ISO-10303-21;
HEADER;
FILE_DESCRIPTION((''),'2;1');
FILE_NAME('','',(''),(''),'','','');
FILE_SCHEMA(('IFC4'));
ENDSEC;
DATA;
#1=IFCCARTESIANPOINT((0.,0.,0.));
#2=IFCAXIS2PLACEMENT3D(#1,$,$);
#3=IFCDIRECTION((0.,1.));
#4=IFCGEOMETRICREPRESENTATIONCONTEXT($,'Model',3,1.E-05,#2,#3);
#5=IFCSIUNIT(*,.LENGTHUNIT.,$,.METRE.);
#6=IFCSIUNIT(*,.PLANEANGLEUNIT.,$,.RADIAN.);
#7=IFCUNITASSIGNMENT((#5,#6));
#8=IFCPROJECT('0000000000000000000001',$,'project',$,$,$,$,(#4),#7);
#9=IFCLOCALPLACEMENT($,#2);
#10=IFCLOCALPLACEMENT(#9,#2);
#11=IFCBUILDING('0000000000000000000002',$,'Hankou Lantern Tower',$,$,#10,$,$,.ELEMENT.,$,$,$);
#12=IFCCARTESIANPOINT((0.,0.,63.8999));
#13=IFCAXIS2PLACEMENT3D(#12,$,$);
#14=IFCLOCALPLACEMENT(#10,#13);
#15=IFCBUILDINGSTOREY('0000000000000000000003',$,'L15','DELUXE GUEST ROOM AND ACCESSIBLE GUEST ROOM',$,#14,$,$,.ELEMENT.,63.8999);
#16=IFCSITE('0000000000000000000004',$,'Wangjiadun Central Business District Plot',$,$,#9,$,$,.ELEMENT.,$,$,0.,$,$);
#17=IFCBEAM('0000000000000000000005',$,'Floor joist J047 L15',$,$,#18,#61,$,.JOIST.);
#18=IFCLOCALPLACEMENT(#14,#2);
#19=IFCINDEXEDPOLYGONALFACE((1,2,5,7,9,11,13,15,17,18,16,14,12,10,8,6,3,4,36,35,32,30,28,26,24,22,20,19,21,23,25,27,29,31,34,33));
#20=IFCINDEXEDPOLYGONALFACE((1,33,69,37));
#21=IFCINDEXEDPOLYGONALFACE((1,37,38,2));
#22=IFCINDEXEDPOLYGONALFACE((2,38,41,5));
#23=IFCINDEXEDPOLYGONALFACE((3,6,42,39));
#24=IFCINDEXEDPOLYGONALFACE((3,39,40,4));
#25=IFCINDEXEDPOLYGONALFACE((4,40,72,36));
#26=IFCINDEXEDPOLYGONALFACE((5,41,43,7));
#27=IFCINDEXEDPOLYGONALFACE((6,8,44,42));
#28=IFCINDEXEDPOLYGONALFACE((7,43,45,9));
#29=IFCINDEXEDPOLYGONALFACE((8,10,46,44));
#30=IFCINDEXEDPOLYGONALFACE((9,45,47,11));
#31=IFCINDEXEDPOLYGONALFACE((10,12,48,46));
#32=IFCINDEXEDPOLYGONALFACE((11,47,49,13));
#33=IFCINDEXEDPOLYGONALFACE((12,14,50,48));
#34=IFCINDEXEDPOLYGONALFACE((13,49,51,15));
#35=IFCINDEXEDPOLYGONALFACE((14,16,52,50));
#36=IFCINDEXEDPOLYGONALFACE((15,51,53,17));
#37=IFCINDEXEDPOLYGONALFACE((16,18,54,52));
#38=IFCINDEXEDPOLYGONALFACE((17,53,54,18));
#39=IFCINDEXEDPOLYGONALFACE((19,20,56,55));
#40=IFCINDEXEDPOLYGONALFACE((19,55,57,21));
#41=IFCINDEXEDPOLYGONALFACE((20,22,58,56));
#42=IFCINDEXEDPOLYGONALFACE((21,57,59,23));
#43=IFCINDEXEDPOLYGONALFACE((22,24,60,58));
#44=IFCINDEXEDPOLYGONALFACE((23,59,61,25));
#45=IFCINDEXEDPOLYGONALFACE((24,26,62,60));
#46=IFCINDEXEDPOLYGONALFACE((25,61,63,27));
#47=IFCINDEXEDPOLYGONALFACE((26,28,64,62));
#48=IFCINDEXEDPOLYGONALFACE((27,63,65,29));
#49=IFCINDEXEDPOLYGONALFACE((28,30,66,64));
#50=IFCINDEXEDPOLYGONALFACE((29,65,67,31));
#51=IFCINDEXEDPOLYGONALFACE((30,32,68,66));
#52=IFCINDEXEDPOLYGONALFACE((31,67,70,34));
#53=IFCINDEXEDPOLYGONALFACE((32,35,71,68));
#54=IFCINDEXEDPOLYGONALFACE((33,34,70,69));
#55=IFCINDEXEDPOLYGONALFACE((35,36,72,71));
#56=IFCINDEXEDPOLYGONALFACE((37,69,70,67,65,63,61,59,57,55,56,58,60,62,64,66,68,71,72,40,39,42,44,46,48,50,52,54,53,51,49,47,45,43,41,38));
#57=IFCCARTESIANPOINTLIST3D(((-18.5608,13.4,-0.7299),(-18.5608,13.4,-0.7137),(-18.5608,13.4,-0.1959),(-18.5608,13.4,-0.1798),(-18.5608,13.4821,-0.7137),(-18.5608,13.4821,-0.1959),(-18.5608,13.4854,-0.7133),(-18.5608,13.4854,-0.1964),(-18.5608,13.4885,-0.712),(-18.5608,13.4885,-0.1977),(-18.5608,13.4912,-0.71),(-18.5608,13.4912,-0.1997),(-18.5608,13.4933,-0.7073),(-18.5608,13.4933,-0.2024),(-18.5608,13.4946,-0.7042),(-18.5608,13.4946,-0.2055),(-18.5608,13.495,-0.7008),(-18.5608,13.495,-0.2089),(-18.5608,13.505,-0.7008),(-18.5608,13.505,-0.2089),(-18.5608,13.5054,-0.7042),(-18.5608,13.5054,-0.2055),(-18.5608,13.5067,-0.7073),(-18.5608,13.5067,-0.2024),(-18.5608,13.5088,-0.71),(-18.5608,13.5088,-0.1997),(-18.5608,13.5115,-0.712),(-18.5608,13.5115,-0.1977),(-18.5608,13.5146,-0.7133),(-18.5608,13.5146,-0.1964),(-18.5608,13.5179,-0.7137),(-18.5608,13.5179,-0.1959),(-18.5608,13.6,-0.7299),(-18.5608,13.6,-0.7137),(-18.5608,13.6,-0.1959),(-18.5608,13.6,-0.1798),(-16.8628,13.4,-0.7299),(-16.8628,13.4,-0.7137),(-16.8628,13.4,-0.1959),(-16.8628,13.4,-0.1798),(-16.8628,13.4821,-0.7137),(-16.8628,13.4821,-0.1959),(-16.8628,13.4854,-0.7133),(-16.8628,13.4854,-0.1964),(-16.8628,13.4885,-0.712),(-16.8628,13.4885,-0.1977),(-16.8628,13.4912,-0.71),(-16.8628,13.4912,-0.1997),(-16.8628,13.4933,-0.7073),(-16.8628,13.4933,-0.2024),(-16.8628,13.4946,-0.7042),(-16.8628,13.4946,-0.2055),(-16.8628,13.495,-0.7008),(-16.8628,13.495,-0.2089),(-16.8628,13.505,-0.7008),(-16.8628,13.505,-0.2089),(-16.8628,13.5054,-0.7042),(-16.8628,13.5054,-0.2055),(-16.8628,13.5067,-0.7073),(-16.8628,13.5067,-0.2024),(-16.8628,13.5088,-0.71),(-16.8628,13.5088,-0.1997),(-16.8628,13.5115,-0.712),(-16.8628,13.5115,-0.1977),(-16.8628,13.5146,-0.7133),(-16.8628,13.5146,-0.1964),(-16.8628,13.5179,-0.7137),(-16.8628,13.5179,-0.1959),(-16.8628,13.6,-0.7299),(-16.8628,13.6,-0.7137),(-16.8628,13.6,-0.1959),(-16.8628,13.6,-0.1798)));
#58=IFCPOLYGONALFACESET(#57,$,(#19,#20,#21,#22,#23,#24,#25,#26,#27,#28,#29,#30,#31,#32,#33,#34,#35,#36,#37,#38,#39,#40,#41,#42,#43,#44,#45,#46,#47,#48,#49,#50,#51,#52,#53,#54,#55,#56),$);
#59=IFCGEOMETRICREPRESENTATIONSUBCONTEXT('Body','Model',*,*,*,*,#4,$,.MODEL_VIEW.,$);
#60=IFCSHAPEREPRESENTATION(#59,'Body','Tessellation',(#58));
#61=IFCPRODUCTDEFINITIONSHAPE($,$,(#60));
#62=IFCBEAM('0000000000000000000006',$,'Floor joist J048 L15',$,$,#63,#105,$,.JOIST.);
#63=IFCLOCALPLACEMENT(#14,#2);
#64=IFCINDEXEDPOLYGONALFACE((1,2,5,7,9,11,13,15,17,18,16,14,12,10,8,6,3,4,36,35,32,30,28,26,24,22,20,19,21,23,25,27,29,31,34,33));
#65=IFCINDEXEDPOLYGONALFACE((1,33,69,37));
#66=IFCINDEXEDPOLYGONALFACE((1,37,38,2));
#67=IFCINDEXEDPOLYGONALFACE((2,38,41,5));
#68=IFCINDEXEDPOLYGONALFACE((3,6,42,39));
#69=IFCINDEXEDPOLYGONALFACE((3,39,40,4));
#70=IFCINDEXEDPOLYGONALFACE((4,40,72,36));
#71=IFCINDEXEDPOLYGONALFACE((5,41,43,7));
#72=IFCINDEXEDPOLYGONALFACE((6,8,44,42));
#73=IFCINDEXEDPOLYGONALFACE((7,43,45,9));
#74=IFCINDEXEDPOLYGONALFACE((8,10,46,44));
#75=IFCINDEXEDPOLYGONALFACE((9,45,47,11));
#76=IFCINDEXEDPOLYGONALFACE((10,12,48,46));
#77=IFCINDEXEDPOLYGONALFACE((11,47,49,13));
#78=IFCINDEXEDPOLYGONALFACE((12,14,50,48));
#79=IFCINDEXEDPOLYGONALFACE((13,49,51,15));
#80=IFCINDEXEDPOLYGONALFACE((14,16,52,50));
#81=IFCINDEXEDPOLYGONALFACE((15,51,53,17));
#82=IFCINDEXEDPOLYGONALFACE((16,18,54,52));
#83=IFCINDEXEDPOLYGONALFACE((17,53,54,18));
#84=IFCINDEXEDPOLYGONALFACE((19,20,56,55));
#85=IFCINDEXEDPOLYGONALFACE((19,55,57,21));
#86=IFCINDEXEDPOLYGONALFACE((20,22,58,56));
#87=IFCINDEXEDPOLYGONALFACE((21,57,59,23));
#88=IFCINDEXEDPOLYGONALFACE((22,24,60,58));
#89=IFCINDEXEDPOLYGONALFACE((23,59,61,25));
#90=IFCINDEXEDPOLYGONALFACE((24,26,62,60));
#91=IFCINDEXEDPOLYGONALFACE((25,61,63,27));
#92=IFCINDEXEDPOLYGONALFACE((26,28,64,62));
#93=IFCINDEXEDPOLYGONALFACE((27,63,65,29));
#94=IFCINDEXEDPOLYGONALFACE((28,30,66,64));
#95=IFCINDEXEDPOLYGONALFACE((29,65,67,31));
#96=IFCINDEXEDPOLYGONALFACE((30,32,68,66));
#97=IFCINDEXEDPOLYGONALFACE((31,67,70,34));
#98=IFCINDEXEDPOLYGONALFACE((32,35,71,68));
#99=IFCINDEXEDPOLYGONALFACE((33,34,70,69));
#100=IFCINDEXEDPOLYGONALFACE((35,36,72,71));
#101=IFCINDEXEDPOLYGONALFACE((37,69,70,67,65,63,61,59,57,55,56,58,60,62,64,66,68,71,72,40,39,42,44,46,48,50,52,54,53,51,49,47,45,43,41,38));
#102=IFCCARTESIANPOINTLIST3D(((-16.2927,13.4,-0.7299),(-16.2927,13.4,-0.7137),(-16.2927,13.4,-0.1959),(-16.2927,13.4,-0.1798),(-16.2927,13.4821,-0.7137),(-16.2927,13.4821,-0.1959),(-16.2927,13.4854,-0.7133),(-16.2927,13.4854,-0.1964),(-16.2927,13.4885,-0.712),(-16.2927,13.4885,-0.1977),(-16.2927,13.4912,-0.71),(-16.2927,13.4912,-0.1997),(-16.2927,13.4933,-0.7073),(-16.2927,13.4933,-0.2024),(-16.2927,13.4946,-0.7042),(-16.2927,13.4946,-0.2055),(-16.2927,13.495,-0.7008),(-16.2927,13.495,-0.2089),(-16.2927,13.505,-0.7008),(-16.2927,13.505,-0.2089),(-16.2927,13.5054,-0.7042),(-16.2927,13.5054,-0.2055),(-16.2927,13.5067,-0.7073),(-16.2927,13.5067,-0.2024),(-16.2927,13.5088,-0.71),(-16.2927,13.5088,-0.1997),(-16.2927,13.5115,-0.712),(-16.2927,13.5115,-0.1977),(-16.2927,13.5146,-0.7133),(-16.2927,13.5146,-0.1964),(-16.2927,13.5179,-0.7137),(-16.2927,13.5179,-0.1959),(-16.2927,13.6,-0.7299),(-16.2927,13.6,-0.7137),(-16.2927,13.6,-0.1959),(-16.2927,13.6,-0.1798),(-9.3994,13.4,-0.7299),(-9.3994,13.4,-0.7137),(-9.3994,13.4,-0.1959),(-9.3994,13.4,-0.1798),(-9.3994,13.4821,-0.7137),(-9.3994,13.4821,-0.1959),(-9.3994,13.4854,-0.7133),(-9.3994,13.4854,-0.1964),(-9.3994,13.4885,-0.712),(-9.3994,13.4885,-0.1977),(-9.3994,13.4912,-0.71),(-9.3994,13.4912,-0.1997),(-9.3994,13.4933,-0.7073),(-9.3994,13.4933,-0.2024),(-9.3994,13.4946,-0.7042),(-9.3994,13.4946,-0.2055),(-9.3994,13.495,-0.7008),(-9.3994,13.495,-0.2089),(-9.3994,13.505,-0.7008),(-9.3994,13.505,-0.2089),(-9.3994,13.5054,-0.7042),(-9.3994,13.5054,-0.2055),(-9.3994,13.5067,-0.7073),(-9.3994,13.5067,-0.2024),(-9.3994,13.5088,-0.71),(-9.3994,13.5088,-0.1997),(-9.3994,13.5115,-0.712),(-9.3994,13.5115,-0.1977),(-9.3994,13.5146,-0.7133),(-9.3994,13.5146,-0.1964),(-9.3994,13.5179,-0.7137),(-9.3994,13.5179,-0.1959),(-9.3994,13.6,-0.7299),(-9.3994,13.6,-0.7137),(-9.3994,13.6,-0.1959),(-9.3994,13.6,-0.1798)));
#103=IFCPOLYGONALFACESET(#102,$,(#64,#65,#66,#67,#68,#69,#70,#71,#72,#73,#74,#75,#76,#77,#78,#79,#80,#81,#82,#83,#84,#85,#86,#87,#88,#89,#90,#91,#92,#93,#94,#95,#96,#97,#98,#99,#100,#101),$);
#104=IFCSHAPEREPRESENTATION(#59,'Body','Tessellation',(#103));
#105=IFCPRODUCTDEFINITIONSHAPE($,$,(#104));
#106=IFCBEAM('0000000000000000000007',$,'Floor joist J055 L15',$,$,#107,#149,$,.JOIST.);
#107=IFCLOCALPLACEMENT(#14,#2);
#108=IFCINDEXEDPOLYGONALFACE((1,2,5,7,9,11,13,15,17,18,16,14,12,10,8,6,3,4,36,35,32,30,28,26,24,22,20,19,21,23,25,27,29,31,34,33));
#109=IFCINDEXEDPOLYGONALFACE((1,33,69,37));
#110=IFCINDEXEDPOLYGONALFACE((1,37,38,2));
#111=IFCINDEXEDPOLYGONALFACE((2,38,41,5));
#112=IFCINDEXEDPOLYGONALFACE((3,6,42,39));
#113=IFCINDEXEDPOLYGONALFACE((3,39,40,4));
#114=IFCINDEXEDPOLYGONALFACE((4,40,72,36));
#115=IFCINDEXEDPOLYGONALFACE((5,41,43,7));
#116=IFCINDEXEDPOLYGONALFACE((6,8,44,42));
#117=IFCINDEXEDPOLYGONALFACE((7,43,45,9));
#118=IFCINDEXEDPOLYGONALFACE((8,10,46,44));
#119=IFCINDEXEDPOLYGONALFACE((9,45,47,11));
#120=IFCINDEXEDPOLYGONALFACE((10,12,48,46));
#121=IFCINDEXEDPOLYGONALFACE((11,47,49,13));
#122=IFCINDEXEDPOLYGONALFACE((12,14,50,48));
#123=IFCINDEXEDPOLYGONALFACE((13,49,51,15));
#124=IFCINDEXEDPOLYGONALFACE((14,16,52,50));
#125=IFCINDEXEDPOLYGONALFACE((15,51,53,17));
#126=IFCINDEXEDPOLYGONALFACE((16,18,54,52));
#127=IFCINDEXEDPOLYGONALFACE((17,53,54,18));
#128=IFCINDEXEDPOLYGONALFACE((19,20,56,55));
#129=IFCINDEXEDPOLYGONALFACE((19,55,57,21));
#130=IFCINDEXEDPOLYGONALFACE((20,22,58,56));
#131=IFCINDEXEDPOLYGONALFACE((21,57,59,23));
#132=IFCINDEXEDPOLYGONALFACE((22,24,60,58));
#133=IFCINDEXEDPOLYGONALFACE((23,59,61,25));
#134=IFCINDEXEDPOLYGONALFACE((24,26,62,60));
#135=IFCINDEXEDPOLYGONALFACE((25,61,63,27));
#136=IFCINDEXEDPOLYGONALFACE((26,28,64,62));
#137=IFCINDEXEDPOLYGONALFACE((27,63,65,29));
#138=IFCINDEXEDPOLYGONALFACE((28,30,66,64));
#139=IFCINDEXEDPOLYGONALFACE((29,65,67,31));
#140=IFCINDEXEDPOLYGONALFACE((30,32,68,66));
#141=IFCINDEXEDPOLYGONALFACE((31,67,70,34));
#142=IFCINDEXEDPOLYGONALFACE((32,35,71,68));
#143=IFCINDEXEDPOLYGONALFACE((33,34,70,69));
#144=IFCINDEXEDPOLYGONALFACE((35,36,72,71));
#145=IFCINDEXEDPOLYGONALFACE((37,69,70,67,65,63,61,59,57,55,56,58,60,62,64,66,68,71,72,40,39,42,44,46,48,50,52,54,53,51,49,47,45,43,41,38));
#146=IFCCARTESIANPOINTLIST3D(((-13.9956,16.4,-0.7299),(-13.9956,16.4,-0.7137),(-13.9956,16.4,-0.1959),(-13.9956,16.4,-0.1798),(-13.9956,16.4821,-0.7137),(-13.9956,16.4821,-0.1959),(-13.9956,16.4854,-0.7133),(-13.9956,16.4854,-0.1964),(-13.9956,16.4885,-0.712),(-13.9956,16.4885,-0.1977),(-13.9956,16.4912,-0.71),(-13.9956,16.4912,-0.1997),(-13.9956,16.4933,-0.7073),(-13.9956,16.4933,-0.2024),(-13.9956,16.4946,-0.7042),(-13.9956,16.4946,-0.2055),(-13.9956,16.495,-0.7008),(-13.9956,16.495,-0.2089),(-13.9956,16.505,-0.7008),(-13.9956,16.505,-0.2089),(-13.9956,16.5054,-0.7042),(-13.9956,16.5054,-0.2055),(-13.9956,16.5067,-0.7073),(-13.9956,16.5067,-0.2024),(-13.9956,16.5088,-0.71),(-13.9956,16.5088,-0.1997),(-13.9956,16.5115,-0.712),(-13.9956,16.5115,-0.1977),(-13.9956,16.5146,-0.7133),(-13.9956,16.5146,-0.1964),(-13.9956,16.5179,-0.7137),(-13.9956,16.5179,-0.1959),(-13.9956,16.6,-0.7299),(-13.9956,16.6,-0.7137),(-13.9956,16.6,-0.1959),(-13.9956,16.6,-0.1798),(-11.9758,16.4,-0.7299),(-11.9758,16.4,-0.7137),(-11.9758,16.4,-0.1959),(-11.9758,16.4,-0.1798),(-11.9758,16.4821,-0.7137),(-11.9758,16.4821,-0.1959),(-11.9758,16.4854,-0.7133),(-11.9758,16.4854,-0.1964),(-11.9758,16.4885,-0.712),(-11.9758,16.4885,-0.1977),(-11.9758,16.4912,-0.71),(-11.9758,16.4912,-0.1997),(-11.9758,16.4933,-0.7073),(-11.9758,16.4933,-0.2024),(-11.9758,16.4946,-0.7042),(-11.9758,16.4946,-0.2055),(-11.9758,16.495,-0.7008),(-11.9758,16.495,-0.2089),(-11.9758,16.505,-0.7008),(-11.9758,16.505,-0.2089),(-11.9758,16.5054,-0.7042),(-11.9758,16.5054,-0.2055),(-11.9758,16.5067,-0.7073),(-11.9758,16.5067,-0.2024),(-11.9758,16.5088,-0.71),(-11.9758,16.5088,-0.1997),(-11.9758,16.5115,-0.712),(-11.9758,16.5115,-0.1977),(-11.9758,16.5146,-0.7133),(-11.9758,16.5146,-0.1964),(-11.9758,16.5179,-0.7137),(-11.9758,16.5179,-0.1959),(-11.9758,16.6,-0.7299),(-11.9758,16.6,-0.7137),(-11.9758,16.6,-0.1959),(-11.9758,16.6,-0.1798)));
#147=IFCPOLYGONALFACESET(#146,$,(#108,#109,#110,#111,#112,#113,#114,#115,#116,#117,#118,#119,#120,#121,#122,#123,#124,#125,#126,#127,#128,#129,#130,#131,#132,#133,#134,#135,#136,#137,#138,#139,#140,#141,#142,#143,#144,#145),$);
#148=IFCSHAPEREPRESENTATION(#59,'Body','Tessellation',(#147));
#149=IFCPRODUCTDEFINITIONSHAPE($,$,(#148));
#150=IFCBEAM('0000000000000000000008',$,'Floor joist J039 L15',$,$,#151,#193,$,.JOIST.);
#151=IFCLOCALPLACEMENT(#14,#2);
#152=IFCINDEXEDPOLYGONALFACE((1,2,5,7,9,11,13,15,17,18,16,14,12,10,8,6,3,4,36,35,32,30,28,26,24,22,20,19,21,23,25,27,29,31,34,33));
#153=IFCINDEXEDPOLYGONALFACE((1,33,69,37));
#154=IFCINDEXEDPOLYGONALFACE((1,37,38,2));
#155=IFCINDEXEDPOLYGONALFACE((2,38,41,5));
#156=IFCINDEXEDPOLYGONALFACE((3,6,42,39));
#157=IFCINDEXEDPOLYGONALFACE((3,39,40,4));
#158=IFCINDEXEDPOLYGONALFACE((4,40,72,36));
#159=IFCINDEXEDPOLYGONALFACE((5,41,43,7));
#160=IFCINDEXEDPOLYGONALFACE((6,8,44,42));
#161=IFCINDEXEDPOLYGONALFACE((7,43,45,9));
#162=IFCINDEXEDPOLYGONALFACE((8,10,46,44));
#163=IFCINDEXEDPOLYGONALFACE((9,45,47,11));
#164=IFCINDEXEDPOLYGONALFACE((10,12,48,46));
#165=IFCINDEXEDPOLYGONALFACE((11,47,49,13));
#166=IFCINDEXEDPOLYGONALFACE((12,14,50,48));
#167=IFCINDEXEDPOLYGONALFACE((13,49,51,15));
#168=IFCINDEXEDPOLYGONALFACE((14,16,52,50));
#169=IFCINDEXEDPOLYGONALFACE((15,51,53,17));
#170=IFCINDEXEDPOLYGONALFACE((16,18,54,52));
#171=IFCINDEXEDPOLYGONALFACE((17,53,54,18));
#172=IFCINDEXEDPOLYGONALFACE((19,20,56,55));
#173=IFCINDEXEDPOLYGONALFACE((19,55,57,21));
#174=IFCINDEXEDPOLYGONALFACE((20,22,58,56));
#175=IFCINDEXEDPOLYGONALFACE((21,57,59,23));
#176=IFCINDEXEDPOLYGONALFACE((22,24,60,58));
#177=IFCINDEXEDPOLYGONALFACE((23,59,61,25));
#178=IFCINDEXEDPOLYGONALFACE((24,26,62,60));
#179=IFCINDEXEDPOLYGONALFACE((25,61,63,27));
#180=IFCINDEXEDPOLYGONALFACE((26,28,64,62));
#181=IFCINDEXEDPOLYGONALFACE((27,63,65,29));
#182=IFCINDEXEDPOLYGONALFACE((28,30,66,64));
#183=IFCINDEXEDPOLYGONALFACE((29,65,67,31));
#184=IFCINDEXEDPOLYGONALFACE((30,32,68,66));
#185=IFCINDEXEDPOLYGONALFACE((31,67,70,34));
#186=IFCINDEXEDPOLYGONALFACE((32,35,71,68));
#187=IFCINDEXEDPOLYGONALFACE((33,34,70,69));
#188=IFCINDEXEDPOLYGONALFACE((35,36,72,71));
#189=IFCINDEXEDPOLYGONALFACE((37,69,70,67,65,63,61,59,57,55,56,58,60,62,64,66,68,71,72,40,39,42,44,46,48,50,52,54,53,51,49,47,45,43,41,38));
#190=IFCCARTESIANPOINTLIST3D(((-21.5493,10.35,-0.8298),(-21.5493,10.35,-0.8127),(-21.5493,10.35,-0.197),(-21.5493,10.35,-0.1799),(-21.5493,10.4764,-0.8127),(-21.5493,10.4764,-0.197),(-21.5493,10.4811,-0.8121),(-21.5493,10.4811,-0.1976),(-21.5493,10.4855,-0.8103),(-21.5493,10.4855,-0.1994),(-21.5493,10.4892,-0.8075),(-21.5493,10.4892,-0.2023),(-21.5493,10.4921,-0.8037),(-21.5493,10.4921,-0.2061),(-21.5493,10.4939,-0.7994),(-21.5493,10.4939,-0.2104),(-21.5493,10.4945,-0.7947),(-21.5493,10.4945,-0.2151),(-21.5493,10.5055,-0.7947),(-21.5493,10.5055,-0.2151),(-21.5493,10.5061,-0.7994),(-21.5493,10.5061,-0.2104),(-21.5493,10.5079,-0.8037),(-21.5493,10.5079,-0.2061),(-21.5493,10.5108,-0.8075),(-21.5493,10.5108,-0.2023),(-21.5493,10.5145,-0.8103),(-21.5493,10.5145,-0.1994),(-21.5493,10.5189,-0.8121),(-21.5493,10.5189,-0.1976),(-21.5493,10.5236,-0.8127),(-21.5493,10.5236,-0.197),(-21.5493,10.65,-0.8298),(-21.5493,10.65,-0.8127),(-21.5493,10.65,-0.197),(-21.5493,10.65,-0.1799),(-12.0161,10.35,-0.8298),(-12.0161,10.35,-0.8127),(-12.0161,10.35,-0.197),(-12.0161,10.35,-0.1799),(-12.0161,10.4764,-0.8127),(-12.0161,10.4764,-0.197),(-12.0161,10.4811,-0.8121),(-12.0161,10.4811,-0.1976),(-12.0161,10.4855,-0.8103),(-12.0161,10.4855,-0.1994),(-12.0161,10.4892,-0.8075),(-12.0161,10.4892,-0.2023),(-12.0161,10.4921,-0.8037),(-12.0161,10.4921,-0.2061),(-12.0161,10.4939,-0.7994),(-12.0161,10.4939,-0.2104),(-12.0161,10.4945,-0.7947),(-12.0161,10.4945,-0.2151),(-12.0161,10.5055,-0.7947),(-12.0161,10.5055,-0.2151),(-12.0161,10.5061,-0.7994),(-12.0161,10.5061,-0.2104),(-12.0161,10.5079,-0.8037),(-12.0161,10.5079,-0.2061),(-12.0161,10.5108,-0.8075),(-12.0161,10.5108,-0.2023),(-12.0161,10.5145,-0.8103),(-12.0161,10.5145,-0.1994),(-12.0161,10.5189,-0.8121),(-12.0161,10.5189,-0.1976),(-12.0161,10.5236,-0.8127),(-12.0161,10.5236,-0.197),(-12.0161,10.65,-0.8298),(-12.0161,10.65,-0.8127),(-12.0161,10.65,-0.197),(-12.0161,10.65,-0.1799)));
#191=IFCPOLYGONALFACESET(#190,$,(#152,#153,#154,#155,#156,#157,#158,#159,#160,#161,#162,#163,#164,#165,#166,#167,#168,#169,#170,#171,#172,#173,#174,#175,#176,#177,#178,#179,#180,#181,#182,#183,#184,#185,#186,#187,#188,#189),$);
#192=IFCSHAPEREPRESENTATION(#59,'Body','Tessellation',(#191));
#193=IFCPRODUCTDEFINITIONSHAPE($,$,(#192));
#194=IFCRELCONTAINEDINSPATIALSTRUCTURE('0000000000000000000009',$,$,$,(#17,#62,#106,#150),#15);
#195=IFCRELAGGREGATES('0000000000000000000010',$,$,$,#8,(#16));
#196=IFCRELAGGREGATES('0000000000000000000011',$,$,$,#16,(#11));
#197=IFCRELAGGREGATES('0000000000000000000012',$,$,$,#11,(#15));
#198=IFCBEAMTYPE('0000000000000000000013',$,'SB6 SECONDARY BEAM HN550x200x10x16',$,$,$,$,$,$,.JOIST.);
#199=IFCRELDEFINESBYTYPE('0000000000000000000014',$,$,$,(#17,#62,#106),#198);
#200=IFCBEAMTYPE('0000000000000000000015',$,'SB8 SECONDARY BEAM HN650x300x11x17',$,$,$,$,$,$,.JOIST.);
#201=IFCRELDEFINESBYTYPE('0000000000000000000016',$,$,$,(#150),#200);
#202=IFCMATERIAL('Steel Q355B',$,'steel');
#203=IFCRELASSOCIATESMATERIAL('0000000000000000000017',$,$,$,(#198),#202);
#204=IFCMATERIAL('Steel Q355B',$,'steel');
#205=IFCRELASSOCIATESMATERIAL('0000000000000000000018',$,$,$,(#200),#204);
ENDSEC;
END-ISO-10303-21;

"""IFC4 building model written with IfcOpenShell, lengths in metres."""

from ifc_helpers import new_model, si_unit, direction, frame, origin, origin_2d, place, context, subcontext, project, spatial, i_section, extrude, material, material_profile, profile_set, type_object, element, save


model = new_model("IFC4")

# Units and contexts
model_context = context("Model", 3, precision=1e-05, world=origin(), true_north=direction((0.0, 1.0)))
body_context = subcontext(model_context, "Body", "Model", "MODEL_VIEW")
ifc_project = project(units=[si_unit("LENGTHUNIT", "METRE"), si_unit("PLANEANGLEUNIT", "RADIAN")], contexts=[model_context])

# Site, building, storey
site_placement = place(None, origin())
site = spatial("IfcSite", under=ifc_project, at=site_placement, Name="Wangjiadun Central Business District Plot", CompositionType="ELEMENT", RefElevation=0.0)
building_placement = place(site_placement, origin())
building = spatial("IfcBuilding", under=site, at=building_placement, Name="Hankou Lantern Tower", CompositionType="ELEMENT")
storey_placement = place(building_placement, frame((0.0, 0.0, 63.8999)))
storey = spatial("IfcBuildingStorey", under=building, at=storey_placement, Name="L15", Description="DELUXE GUEST ROOM AND ACCESSIBLE GUEST ROOM", CompositionType="ELEMENT", Elevation=63.8999)

# Beams
ifc_material_1 = material(Name="Steel Q355B", Category="steel")
ifc_material_profile_1 = material_profile(ifc_material_1, i_section(OverallWidth=0.2, OverallDepth=0.55, WebThickness=0.01, FlangeThickness=0.0161, FilletRadius=0.0129, at=origin_2d()), Name="HN550x200x10x16")
ifc_profile_set_1 = profile_set([ifc_material_profile_1], Name="Steel Q355B")
beam_type_1 = type_object("IfcBeamType", Name="SB6 SECONDARY BEAM HN550x200x10x16", PredefinedType="JOIST", material=ifc_profile_set_1)
beam_1_placement = place(storey_placement, frame((-18.5608, 13.5, -0.4548), z_axis=(1.0, 0.0, 0.0), x_axis=(0.0, 1.0, 0.0)))
element("IfcBeam", 1, at=beam_1_placement, inside=storey, type_object=beam_type_1, Name="Floor joist J047 L15", PredefinedType="JOIST", context=body_context, shape_type="SweptSolid", body=[
    extrude(i_section(OverallWidth=0.2, OverallDepth=0.55, WebThickness=0.01, FlangeThickness=0.0161, FilletRadius=0.0129, at=origin_2d()), origin(), (0.0, 0.0, 1.0), 1.698),
])
beam_2_placement = place(storey_placement, frame((-16.2927, 13.5, -0.4548), z_axis=(1.0, 0.0, 0.0), x_axis=(0.0, 1.0, 0.0)))
element("IfcBeam", 2, at=beam_2_placement, inside=storey, type_object=beam_type_1, Name="Floor joist J048 L15", PredefinedType="JOIST", context=body_context, shape_type="SweptSolid", body=[
    extrude(i_section(OverallWidth=0.2, OverallDepth=0.55, WebThickness=0.01, FlangeThickness=0.0161, FilletRadius=0.0129, at=origin_2d()), origin(), (0.0, 0.0, 1.0), 6.8933),
])
beam_3_placement = place(storey_placement, frame((-13.9956, 16.5, -0.4548), z_axis=(1.0, 0.0, 0.0), x_axis=(0.0, 1.0, 0.0)))
element("IfcBeam", 3, at=beam_3_placement, inside=storey, type_object=beam_type_1, Name="Floor joist J055 L15", PredefinedType="JOIST", context=body_context, shape_type="SweptSolid", body=[
    extrude(i_section(OverallWidth=0.2, OverallDepth=0.55, WebThickness=0.01, FlangeThickness=0.0161, FilletRadius=0.0129, at=origin_2d()), origin(), (0.0, 0.0, 1.0), 2.0198),
])
ifc_material_2 = material(Name="Steel Q355B", Category="steel")
ifc_material_profile_2 = material_profile(ifc_material_2, i_section(OverallWidth=0.3, OverallDepth=0.6499, WebThickness=0.011, FlangeThickness=0.0171, FilletRadius=0.0181, at=origin_2d()), Name="HN650x300x11x17")
ifc_profile_set_2 = profile_set([ifc_material_profile_2], Name="Steel Q355B")
beam_type_2 = type_object("IfcBeamType", Name="SB8 SECONDARY BEAM HN650x300x11x17", PredefinedType="JOIST", material=ifc_profile_set_2)
beam_4_placement = place(storey_placement, frame((-21.5493, 10.5, -0.5049), z_axis=(1.0, 0.0, 0.0), x_axis=(0.0, 1.0, 0.0)))
element("IfcBeam", 4, at=beam_4_placement, inside=storey, type_object=beam_type_2, Name="Floor joist J039 L15", PredefinedType="JOIST", context=body_context, shape_type="SweptSolid", body=[
    extrude(i_section(OverallWidth=0.3, OverallDepth=0.6499, WebThickness=0.011, FlangeThickness=0.0171, FilletRadius=0.0181, at=origin_2d()), origin(), (0.0, 0.0, 1.0), 9.5332),
])

save(model, "model.ifc")
